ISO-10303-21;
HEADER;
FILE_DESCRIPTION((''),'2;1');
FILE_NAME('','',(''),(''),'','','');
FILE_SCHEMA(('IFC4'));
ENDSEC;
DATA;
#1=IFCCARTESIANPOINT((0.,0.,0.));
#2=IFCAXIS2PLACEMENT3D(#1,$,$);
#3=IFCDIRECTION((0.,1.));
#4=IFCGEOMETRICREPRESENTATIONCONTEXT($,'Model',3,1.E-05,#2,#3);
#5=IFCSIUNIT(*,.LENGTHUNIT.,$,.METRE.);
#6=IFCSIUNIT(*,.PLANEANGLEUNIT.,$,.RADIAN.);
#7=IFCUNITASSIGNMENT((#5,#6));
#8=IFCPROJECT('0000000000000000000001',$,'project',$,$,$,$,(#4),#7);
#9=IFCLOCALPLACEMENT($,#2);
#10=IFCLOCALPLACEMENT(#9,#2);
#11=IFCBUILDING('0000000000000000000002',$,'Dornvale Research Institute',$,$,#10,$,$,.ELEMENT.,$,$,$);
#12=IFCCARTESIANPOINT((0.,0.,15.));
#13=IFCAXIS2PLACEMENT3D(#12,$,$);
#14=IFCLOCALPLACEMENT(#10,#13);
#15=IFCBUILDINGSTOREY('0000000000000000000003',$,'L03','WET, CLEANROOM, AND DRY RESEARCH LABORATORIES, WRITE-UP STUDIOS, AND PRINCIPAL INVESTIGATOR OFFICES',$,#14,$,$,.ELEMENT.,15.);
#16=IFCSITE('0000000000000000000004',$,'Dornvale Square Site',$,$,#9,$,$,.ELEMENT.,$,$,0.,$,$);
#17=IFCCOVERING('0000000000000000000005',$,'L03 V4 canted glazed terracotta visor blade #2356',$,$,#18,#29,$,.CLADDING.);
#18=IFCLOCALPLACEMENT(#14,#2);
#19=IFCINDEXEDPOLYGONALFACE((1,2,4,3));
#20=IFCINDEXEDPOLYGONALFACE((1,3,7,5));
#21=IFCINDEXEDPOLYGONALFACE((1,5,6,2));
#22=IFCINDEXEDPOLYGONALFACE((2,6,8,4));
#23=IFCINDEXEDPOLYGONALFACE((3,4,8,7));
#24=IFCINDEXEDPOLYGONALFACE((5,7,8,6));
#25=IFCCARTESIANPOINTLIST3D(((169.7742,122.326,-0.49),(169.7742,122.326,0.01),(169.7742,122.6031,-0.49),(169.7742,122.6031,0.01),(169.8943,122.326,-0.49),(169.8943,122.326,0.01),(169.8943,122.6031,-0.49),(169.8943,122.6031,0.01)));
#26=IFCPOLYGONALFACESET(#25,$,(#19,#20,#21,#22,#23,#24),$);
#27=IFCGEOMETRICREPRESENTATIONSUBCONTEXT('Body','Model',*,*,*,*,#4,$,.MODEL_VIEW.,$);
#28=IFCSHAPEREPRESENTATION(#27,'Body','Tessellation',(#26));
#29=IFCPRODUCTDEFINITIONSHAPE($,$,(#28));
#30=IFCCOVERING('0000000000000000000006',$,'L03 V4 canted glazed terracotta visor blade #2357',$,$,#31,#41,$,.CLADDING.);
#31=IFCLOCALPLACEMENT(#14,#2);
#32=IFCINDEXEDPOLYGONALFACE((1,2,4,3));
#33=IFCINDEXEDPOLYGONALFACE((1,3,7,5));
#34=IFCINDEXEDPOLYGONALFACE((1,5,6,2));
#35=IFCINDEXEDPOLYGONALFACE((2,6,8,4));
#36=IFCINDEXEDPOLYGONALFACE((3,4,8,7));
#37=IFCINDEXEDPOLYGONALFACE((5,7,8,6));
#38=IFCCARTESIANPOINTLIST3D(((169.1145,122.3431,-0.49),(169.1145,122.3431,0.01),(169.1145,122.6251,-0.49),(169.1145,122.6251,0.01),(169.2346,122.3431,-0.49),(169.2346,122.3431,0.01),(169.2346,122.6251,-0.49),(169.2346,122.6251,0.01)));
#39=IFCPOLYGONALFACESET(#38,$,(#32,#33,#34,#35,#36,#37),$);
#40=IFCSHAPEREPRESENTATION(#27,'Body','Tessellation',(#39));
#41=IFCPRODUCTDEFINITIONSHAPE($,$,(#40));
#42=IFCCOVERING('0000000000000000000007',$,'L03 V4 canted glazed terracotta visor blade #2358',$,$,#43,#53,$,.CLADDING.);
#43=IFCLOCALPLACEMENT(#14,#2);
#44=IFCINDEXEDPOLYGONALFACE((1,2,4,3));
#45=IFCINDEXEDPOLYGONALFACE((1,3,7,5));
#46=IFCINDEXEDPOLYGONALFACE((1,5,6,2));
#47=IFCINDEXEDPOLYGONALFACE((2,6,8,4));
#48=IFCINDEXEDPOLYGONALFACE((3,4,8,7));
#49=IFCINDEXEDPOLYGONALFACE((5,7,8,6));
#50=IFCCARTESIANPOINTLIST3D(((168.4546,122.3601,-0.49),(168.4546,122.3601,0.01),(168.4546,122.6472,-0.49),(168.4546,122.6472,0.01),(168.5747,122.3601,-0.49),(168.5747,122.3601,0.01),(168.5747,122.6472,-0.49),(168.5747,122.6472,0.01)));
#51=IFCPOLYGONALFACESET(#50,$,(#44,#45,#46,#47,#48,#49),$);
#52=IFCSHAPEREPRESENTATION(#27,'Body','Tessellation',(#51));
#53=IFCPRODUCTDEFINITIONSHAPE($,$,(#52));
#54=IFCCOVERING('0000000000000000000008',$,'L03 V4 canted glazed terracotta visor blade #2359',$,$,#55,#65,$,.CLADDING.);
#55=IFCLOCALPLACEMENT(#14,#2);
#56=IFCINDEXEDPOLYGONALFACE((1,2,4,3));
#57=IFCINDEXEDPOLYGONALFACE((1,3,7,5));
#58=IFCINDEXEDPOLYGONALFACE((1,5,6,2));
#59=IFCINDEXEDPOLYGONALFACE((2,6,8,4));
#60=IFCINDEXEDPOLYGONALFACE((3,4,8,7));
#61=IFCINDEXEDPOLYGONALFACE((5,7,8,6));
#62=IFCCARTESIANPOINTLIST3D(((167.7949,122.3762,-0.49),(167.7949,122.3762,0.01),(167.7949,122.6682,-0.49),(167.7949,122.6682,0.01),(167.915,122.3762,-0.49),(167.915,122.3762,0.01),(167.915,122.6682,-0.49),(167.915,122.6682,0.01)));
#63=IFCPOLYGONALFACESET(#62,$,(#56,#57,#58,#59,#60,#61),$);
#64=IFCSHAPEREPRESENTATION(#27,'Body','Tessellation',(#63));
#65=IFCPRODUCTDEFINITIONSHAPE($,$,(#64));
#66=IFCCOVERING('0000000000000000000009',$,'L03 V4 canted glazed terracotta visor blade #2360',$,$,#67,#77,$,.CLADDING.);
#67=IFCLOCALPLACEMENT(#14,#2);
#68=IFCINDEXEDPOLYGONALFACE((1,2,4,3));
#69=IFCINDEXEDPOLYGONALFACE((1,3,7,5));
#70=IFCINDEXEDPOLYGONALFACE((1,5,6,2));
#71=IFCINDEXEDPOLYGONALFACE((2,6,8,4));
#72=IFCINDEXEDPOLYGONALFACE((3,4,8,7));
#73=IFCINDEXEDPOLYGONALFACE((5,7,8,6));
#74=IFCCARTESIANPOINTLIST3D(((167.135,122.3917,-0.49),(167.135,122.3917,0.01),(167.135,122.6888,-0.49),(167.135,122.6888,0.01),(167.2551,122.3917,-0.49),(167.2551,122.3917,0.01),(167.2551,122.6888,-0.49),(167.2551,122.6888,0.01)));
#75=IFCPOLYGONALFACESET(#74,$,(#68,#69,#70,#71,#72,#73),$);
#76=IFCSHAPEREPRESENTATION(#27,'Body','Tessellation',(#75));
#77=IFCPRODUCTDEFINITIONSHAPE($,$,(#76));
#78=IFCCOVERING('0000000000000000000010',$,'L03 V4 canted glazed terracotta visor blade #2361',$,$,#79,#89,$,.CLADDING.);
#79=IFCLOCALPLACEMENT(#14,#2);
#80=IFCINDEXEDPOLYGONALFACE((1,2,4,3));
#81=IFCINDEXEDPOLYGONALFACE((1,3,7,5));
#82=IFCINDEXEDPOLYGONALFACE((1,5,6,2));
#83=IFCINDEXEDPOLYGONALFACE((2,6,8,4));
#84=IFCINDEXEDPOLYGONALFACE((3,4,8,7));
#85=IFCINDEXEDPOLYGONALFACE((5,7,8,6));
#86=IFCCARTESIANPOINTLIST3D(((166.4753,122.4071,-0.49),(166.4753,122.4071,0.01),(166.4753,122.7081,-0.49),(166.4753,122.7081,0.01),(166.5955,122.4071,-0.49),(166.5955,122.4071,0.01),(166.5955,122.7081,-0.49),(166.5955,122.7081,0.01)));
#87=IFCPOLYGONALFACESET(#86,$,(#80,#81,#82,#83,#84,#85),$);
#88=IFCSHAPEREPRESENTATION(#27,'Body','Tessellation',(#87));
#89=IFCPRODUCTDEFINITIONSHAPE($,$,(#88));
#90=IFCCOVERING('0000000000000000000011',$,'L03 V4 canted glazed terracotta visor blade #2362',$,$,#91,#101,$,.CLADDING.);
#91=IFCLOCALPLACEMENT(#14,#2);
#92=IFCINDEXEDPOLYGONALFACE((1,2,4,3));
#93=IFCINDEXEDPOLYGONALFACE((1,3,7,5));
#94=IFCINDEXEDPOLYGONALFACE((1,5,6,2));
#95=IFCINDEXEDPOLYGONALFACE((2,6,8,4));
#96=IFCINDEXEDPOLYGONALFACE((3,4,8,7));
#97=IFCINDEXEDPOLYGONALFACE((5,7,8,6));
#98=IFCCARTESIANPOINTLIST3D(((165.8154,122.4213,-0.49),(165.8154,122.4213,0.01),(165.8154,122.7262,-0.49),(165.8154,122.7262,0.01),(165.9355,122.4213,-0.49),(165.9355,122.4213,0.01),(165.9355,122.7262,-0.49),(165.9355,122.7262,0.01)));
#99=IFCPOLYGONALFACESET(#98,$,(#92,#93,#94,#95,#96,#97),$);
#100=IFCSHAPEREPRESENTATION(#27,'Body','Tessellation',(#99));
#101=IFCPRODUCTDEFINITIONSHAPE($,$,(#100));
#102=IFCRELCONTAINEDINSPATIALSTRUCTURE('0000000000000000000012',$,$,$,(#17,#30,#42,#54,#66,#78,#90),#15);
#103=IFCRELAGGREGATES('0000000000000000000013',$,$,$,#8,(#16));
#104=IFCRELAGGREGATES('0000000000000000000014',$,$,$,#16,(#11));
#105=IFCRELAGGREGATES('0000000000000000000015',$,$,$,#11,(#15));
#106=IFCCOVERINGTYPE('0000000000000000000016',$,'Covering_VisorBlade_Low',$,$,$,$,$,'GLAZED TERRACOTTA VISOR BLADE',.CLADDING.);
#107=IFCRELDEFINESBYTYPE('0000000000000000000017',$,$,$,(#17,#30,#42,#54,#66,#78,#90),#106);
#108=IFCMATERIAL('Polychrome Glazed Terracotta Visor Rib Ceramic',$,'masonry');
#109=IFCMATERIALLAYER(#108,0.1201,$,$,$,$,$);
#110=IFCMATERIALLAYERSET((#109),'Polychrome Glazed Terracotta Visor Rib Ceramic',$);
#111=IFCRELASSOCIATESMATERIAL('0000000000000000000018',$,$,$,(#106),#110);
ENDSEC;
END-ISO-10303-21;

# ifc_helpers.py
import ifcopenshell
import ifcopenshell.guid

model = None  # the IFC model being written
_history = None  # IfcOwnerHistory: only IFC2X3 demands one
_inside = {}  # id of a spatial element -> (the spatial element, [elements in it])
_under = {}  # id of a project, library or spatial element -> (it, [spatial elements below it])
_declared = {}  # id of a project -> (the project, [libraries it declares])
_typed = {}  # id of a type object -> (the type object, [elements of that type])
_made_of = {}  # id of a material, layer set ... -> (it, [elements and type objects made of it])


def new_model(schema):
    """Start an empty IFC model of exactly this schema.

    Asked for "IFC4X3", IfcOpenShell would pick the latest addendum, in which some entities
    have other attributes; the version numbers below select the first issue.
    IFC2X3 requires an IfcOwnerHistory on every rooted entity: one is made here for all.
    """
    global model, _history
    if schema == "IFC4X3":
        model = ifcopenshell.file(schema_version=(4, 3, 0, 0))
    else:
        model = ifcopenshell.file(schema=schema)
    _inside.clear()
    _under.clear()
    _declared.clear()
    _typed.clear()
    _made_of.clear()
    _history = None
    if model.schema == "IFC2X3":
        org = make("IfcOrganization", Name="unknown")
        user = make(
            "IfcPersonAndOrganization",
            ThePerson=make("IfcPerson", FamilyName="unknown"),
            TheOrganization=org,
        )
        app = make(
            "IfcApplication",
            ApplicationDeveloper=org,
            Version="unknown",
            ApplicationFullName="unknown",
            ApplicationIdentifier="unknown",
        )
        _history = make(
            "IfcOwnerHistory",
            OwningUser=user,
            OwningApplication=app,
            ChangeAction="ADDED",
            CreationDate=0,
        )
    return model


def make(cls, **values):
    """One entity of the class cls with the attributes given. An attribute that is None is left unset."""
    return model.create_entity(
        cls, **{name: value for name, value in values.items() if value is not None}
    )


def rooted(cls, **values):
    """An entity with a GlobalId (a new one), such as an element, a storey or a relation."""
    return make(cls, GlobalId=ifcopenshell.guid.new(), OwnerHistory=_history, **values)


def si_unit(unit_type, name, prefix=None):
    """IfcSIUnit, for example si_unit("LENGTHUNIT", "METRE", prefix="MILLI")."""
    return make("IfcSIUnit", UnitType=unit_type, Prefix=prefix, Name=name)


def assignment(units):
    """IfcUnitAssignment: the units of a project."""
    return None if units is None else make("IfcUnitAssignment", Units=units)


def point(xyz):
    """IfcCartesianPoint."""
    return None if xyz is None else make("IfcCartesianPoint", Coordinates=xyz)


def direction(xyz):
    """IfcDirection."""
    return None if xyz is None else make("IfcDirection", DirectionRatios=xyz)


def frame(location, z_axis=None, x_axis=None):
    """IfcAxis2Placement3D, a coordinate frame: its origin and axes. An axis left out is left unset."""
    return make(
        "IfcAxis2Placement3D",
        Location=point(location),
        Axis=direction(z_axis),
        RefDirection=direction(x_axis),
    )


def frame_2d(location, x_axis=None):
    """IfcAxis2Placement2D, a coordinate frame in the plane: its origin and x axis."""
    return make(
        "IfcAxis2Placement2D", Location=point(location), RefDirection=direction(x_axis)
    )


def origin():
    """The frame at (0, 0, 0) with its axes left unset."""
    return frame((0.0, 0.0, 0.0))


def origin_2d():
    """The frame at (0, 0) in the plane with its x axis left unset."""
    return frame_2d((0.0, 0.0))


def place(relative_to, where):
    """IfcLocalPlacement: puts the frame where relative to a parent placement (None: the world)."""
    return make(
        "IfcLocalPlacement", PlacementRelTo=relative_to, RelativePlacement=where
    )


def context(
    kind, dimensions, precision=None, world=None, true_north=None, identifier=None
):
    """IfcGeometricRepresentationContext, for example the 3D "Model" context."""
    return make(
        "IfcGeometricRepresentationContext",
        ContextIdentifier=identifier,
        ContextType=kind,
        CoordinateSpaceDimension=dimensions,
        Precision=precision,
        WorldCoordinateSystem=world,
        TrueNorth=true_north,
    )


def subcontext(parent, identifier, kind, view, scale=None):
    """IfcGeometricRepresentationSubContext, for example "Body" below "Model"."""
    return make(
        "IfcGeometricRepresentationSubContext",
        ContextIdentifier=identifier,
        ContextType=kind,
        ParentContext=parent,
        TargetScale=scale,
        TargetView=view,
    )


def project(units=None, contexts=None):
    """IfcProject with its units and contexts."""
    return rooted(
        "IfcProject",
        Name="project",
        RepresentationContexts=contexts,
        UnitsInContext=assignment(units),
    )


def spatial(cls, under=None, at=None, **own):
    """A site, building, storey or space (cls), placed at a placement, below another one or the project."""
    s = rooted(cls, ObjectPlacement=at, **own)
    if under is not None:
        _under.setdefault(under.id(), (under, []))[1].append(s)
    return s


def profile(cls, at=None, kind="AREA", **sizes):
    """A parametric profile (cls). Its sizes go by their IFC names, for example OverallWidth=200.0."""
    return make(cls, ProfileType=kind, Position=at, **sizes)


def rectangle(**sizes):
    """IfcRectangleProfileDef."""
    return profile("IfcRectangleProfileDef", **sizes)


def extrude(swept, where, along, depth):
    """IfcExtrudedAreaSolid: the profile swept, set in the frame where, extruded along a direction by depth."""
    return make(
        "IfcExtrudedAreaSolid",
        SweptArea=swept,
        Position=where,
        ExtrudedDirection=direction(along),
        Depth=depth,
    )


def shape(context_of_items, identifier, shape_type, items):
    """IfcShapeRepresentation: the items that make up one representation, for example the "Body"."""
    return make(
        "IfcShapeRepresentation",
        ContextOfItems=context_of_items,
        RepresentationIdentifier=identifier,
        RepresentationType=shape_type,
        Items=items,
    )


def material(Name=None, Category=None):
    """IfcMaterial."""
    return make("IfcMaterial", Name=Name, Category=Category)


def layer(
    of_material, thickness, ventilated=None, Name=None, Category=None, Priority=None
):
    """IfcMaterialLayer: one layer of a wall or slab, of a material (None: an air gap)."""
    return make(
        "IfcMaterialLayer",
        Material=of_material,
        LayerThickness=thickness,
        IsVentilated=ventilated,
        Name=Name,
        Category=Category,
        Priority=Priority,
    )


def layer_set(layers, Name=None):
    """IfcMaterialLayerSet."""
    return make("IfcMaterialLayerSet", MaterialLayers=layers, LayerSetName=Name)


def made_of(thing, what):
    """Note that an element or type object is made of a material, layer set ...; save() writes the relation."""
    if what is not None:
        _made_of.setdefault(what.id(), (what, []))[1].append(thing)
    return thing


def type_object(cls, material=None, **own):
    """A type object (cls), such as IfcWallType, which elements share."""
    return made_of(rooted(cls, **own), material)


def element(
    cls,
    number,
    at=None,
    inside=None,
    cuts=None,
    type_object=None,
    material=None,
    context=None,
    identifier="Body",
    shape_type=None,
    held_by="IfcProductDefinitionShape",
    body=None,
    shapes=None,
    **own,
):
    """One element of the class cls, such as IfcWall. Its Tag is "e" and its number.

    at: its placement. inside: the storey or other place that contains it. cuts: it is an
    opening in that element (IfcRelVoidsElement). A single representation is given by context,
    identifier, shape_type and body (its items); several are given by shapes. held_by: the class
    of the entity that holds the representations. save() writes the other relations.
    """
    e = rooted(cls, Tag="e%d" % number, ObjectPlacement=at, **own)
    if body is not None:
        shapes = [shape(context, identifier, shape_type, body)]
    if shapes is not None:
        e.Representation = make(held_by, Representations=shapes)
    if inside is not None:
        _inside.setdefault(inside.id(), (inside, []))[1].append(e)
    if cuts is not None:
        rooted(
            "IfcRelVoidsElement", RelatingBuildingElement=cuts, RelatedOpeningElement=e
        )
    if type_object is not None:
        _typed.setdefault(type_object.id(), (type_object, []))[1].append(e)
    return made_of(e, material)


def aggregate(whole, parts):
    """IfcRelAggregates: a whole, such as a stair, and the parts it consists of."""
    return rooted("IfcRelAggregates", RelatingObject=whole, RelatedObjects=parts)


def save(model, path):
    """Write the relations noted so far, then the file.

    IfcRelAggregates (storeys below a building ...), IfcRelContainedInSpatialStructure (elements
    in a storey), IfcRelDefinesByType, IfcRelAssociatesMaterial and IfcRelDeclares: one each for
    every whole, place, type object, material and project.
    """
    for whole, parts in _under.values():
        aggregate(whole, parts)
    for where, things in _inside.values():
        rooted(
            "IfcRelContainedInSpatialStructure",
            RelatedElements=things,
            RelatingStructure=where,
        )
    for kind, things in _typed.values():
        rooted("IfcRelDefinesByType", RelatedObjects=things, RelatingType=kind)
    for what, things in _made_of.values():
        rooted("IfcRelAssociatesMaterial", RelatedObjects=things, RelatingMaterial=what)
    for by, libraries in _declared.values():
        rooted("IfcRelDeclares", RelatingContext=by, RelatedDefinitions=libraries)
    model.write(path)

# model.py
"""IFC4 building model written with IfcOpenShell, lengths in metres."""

from ifc_helpers import new_model, si_unit, direction, frame, origin, origin_2d, place, context, subcontext, project, spatial, rectangle, extrude, material, layer, layer_set, type_object, element, save


model = new_model("IFC4")

# Units and contexts
model_context = context("Model", 3, precision=1e-05, world=origin(), true_north=direction((0.0, 1.0)))
body_context = subcontext(model_context, "Body", "Model", "MODEL_VIEW")
ifc_project = project(units=[si_unit("LENGTHUNIT", "METRE"), si_unit("PLANEANGLEUNIT", "RADIAN")], contexts=[model_context])

# Site, building, storey
site_placement = place(None, origin())
site = spatial("IfcSite", under=ifc_project, at=site_placement, Name="Dornvale Square Site", CompositionType="ELEMENT", RefElevation=0.0)
building_placement = place(site_placement, origin())
building = spatial("IfcBuilding", under=site, at=building_placement, Name="Dornvale Research Institute", CompositionType="ELEMENT")
storey_placement = place(building_placement, frame((0.0, 0.0, 15.0)))
storey = spatial("IfcBuildingStorey", under=building, at=storey_placement, Name="L03", Description="WET, CLEANROOM, AND DRY RESEARCH LABORATORIES, WRITE-UP STUDIOS, AND PRINCIPAL INVESTIGATOR OFFICES", CompositionType="ELEMENT", Elevation=15.0)

# Coverings
ifc_material_1 = material(Name="Polychrome Glazed Terracotta Visor Rib Ceramic", Category="masonry")
ifc_layer_1 = layer(ifc_material_1, 0.1201)
ifc_layer_set_1 = layer_set([ifc_layer_1], Name="Polychrome Glazed Terracotta Visor Rib Ceramic")
covering_type = type_object("IfcCoveringType", Name="Covering_VisorBlade_Low", ElementType="GLAZED TERRACOTTA VISOR BLADE", PredefinedType="CLADDING", material=ifc_layer_set_1)
covering_1_placement = place(storey_placement, frame((169.8342, 122.4646, -0.49), z_axis=(0.0, 0.0, 1.0), x_axis=(0.0, 1.0, 0.0)))
element("IfcCovering", 1, at=covering_1_placement, inside=storey, type_object=covering_type, Name="L03 V4 canted glazed terracotta visor blade #2356", PredefinedType="CLADDING", context=body_context, shape_type="SweptSolid", body=[
    extrude(rectangle(XDim=0.2771, YDim=0.1201, at=origin_2d()), origin(), (0.0, 0.0, 1.0), 0.5),
])
covering_2_placement = place(storey_placement, frame((169.1746, 122.4841, -0.49), z_axis=(0.0, 0.0, 1.0), x_axis=(0.0, 1.0, 0.0)))
element("IfcCovering", 2, at=covering_2_placement, inside=storey, type_object=covering_type, Name="L03 V4 canted glazed terracotta visor blade #2357", PredefinedType="CLADDING", context=body_context, shape_type="SweptSolid", body=[
    extrude(rectangle(XDim=0.282, YDim=0.1201, at=origin_2d()), origin(), (0.0, 0.0, 1.0), 0.5),
])
covering_3_placement = place(storey_placement, frame((168.5146, 122.5037, -0.49), z_axis=(0.0, 0.0, 1.0), x_axis=(0.0, 1.0, 0.0)))
element("IfcCovering", 3, at=covering_3_placement, inside=storey, type_object=covering_type, Name="L03 V4 canted glazed terracotta visor blade #2358", PredefinedType="CLADDING", context=body_context, shape_type="SweptSolid", body=[
    extrude(rectangle(XDim=0.2871, YDim=0.1201, at=origin_2d()), origin(), (0.0, 0.0, 1.0), 0.5),
])
covering_4_placement = place(storey_placement, frame((167.855, 122.5222, -0.49), z_axis=(0.0, 0.0, 1.0), x_axis=(0.0, 1.0, 0.0)))
element("IfcCovering", 4, at=covering_4_placement, inside=storey, type_object=covering_type, Name="L03 V4 canted glazed terracotta visor blade #2359", PredefinedType="CLADDING", context=body_context, shape_type="SweptSolid", body=[
    extrude(rectangle(XDim=0.292, YDim=0.1201, at=origin_2d()), origin(), (0.0, 0.0, 1.0), 0.5),
])
covering_5_placement = place(storey_placement, frame((167.1951, 122.5403, -0.49), z_axis=(0.0, 0.0, 1.0), x_axis=(0.0, 1.0, 0.0)))
element("IfcCovering", 5, at=covering_5_placement, inside=storey, type_object=covering_type, Name="L03 V4 canted glazed terracotta visor blade #2360", PredefinedType="CLADDING", context=body_context, shape_type="SweptSolid", body=[
    extrude(rectangle(XDim=0.2971, YDim=0.1201, at=origin_2d()), origin(), (0.0, 0.0, 1.0), 0.5),
])
covering_6_placement = place(storey_placement, frame((166.5354, 122.5576, -0.49), z_axis=(0.0, 0.0, 1.0), x_axis=(0.0, 1.0, 0.0)))
element("IfcCovering", 6, at=covering_6_placement, inside=storey, type_object=covering_type, Name="L03 V4 canted glazed terracotta visor blade #2361", PredefinedType="CLADDING", context=body_context, shape_type="SweptSolid", body=[
    extrude(rectangle(XDim=0.301, YDim=0.1201, at=origin_2d()), origin(), (0.0, 0.0, 1.0), 0.5),
])
covering_7_placement = place(storey_placement, frame((165.8755, 122.5737, -0.49), z_axis=(0.0, 0.0, 1.0), x_axis=(0.0, 1.0, 0.0)))
element("IfcCovering", 7, at=covering_7_placement, inside=storey, type_object=covering_type, Name="L03 V4 canted glazed terracotta visor blade #2362", PredefinedType="CLADDING", context=body_context, shape_type="SweptSolid", body=[
    extrude(rectangle(XDim=0.3049, YDim=0.1201, at=origin_2d()), origin(), (0.0, 0.0, 1.0), 0.5),
])

save(model, "model.ifc")
